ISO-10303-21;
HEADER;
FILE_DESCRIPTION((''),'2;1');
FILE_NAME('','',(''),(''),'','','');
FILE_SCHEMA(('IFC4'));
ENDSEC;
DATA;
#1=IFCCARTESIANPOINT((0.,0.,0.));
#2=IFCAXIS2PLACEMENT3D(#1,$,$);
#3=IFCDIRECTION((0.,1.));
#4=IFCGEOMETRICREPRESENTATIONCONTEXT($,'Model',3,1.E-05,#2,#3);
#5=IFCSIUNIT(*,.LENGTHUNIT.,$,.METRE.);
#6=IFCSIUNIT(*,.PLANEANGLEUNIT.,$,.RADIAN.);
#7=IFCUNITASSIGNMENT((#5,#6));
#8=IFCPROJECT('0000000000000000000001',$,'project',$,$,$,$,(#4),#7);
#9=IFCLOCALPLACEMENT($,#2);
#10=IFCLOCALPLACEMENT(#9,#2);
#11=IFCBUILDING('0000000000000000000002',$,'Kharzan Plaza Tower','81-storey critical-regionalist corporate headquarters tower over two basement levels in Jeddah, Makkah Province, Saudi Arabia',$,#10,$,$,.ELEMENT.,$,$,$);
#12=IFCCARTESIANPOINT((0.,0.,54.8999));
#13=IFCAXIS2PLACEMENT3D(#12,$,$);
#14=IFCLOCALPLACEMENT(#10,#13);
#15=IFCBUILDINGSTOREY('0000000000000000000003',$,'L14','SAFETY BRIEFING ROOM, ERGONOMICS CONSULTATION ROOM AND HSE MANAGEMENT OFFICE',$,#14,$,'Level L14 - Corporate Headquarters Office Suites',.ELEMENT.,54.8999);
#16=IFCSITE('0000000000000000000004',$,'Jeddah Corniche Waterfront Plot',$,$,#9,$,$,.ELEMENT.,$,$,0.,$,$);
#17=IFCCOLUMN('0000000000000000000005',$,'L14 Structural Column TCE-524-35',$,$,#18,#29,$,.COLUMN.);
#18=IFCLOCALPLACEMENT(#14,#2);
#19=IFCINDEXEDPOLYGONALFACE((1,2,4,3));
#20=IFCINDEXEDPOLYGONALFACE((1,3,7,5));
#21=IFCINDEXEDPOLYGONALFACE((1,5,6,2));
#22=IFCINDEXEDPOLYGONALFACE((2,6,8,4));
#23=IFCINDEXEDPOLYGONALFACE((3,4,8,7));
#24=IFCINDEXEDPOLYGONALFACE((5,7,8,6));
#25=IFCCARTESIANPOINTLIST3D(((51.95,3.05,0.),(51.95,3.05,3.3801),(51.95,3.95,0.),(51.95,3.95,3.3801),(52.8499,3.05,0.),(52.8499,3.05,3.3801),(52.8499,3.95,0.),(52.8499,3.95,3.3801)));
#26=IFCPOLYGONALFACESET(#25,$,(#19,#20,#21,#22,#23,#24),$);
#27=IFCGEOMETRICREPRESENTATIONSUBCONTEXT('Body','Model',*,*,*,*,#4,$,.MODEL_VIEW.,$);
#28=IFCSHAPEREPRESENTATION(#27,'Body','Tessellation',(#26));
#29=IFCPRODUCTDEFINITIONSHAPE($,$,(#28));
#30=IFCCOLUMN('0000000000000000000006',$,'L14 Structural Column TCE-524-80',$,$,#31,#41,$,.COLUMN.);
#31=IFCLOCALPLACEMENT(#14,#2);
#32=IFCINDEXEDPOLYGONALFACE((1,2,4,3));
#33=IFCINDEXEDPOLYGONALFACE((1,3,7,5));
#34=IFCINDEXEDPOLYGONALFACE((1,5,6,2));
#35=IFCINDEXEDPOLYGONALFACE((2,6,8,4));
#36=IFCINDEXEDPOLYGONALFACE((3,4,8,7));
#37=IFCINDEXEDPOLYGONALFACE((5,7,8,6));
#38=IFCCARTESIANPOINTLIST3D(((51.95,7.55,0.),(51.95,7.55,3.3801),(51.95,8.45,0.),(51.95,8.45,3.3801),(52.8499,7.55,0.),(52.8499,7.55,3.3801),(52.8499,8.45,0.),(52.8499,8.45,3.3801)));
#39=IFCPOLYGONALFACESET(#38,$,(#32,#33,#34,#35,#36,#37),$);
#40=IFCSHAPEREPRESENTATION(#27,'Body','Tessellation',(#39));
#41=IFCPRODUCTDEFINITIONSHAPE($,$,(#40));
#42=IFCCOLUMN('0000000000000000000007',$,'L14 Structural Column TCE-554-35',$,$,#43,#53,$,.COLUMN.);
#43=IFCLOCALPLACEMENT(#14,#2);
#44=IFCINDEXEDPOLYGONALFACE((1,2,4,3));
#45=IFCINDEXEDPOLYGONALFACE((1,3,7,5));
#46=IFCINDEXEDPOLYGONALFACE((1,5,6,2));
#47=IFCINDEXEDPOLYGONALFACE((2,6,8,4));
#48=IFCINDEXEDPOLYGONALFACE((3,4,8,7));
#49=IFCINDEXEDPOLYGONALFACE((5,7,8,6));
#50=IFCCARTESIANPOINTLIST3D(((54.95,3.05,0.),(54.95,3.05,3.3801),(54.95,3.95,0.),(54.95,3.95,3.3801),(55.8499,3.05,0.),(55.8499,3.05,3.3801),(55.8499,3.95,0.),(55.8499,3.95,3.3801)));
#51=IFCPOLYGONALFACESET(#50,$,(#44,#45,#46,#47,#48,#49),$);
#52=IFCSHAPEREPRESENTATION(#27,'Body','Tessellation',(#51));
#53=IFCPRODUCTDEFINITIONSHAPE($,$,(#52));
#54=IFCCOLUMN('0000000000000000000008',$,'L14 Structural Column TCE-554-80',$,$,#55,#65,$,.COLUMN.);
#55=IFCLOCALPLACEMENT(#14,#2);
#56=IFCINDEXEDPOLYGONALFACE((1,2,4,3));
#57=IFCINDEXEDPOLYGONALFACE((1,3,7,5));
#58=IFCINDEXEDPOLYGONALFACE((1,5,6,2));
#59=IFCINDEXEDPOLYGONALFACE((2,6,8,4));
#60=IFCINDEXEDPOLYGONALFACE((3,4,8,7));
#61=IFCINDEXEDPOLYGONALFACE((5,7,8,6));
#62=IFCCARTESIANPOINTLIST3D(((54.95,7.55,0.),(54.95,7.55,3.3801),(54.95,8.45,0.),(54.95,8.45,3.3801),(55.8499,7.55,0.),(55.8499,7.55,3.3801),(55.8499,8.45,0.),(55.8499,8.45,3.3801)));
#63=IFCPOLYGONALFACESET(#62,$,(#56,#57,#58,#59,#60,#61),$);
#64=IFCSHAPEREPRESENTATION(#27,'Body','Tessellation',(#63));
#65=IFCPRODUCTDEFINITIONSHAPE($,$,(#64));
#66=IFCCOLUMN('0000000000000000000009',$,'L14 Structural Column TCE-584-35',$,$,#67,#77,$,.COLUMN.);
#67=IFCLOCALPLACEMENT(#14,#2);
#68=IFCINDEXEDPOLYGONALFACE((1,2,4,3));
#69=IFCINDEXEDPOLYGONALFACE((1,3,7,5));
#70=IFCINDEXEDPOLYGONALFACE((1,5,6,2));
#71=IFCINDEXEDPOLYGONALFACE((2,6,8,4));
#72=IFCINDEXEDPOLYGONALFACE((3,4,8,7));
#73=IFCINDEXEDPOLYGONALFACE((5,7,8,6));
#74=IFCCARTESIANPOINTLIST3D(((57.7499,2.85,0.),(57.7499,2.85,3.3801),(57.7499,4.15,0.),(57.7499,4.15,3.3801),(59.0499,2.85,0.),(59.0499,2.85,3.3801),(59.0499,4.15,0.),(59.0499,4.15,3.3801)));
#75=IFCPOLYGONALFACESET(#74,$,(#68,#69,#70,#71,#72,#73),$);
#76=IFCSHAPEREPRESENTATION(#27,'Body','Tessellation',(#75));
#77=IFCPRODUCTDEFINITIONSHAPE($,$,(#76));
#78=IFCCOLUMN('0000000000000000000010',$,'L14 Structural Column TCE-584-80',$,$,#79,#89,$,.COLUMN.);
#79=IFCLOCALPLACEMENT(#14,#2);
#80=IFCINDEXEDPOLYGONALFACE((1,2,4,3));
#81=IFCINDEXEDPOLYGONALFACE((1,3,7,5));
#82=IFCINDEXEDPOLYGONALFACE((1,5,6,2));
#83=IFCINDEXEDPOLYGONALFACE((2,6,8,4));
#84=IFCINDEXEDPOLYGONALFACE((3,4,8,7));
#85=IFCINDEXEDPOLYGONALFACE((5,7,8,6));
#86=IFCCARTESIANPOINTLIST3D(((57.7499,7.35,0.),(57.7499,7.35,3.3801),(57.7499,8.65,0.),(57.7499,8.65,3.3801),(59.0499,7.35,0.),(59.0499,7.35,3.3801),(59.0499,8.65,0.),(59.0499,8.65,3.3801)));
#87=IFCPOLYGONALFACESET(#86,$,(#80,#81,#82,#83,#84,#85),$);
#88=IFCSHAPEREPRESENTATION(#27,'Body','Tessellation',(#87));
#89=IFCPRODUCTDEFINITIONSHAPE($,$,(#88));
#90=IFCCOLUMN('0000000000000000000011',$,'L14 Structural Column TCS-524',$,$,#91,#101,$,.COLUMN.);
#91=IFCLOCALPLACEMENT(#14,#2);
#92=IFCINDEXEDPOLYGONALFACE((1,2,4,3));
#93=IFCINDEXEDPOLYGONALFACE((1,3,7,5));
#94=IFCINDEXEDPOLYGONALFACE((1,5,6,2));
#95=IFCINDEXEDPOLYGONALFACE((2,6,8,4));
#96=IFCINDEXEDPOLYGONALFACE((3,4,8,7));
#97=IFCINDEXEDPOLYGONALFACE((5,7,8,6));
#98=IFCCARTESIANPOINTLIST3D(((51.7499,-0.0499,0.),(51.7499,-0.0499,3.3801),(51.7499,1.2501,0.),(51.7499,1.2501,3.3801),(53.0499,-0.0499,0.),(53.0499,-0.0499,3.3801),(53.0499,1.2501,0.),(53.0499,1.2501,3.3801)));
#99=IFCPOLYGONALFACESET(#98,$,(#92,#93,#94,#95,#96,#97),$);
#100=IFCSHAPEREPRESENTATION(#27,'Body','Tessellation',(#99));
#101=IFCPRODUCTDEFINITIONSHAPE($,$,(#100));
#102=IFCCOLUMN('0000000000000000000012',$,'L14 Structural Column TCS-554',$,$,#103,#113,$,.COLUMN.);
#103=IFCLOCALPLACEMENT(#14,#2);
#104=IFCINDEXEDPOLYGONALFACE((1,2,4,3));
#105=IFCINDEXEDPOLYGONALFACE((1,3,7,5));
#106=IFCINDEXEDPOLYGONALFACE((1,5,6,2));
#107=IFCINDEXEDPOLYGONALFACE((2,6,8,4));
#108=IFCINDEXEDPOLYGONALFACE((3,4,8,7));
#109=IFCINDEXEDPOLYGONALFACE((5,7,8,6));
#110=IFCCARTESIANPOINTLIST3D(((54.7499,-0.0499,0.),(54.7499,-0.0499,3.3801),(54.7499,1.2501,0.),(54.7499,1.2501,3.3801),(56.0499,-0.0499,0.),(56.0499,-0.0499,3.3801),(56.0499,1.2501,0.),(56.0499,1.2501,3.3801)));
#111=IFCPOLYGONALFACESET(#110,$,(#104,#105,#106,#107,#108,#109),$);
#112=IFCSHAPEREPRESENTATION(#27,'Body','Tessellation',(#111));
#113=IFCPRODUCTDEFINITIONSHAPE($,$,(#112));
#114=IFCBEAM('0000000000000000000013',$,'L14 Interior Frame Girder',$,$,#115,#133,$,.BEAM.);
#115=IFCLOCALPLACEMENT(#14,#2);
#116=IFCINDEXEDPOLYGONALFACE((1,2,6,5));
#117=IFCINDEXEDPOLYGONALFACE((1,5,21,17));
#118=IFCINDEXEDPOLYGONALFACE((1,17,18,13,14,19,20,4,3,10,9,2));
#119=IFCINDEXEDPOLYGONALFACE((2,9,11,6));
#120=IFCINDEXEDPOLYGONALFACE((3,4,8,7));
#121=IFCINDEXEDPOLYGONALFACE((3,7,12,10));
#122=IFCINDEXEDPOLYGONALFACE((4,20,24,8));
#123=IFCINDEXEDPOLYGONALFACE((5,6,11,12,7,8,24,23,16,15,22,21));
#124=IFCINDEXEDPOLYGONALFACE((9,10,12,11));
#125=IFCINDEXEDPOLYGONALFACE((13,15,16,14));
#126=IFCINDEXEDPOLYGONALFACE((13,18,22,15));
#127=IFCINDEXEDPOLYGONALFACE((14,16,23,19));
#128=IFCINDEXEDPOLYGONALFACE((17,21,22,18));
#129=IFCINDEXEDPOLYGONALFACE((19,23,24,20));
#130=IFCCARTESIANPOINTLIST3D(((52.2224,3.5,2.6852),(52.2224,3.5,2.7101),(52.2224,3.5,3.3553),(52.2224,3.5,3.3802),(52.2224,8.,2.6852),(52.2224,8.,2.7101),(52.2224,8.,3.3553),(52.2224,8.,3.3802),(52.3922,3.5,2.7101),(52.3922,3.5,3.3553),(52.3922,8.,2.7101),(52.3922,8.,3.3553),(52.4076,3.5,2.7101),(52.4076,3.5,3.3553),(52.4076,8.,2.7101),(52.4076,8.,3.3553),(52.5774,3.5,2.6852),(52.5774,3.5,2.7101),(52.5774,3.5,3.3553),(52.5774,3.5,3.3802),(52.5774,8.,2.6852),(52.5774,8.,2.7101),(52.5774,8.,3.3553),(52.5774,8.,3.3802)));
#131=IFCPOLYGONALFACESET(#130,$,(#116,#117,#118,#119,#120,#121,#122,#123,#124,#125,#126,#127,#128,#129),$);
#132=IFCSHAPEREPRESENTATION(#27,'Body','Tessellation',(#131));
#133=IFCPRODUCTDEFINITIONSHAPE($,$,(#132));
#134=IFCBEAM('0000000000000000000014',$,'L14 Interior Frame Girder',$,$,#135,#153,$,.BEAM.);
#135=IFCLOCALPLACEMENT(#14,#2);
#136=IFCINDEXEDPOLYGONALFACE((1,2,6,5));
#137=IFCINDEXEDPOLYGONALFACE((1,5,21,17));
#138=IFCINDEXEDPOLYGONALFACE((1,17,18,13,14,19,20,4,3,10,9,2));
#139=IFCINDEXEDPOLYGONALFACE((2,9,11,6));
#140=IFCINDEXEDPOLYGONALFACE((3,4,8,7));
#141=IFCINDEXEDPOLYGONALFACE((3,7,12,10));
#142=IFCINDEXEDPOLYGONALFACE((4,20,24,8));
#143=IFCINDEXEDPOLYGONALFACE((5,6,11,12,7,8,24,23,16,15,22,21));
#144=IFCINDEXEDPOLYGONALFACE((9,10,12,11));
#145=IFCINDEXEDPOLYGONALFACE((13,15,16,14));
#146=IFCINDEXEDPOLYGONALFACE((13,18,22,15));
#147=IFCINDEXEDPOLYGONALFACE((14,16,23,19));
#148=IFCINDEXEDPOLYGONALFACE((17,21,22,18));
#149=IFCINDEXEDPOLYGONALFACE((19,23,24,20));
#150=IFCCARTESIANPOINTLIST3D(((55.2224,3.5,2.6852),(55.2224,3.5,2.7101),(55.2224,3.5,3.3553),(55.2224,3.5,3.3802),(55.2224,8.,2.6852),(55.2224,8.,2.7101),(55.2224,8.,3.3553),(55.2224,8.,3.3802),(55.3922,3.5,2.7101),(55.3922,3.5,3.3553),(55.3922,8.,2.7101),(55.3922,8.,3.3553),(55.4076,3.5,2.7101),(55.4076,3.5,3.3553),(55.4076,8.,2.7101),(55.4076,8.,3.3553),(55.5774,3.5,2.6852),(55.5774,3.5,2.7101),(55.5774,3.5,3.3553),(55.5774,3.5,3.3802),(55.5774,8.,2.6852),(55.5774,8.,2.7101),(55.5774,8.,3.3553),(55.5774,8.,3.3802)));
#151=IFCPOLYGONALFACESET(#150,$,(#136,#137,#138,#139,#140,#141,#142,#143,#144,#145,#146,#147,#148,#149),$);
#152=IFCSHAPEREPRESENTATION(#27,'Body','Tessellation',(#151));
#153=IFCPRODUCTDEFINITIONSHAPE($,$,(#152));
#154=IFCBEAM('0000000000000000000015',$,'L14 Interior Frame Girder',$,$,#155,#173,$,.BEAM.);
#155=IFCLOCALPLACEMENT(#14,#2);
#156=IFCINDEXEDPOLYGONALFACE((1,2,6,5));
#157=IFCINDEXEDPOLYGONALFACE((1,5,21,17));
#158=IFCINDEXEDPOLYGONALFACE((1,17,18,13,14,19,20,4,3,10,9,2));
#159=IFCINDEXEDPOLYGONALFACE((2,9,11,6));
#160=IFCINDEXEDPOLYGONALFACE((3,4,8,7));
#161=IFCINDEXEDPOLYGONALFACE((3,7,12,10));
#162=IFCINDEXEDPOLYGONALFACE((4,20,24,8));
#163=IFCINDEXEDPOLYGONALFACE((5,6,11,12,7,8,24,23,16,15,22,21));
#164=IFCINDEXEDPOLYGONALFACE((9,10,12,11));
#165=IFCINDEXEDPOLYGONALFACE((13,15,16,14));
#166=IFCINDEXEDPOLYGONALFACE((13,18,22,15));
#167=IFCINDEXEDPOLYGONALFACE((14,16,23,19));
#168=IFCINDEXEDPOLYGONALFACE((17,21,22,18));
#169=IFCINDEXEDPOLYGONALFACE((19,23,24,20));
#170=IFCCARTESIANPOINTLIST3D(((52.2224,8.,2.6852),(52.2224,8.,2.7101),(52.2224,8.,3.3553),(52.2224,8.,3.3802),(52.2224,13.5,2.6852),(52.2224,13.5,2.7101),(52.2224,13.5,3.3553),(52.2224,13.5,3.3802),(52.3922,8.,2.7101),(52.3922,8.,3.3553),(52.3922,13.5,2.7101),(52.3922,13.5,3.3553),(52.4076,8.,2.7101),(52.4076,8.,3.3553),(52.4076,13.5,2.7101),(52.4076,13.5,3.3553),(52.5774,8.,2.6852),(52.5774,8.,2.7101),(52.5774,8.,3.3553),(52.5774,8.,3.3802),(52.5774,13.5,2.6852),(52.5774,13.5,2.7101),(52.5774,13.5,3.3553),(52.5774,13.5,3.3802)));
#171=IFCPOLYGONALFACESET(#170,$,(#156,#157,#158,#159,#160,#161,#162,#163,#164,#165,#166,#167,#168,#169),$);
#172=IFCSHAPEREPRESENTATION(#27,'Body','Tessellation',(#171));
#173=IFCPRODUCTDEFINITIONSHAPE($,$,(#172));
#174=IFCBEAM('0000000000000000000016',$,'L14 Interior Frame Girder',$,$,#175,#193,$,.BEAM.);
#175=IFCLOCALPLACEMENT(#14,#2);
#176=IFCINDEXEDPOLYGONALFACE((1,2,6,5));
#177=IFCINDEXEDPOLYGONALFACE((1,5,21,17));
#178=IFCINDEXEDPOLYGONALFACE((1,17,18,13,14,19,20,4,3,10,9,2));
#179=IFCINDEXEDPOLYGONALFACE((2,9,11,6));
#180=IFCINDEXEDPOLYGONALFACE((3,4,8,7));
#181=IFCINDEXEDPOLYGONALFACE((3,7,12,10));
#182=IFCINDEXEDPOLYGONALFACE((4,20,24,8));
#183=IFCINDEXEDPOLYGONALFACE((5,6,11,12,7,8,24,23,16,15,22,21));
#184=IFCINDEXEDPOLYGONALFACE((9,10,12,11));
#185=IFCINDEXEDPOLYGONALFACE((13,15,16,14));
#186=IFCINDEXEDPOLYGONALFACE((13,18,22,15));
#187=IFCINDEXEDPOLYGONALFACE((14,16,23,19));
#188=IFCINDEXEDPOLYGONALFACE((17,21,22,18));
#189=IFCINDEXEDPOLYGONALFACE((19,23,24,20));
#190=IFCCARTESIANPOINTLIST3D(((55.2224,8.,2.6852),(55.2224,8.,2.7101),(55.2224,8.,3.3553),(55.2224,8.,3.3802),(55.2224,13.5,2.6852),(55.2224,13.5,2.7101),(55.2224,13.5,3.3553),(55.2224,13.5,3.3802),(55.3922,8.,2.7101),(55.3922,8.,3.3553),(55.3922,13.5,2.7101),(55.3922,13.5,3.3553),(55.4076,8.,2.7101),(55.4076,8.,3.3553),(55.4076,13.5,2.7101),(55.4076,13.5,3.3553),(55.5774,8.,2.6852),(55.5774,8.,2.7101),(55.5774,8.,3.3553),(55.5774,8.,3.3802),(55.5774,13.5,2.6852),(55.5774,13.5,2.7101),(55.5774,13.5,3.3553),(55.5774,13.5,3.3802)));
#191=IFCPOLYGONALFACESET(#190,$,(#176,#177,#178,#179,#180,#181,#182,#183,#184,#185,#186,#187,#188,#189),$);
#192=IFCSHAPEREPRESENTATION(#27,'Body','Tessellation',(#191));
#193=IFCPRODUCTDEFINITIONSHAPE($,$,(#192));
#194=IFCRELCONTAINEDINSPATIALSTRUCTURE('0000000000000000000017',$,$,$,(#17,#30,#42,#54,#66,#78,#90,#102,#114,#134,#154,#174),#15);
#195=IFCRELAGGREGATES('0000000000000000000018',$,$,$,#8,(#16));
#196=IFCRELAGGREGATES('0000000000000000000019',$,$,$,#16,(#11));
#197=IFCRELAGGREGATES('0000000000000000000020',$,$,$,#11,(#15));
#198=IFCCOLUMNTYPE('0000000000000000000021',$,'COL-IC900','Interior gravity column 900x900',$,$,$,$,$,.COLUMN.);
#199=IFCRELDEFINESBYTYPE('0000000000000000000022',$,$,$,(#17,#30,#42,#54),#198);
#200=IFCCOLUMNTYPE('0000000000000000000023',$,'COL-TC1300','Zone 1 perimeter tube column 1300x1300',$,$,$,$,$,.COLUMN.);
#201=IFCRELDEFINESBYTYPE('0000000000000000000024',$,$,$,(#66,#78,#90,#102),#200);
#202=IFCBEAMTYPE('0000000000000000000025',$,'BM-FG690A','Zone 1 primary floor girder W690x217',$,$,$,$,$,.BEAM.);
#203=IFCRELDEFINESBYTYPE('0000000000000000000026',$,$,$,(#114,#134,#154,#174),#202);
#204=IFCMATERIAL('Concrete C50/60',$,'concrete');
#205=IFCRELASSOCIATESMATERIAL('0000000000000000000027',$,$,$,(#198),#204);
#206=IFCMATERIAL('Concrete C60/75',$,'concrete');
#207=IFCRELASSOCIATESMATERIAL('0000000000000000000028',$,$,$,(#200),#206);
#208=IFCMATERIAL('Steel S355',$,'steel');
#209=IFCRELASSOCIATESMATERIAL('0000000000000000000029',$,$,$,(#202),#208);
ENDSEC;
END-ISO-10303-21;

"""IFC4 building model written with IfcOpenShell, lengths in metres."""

from ifc_helpers import new_model, si_unit, direction, frame, origin, origin_2d, place, context, subcontext, project, spatial, rectangle, i_section, extrude, source, transform, mapped, material, material_profile, profile_set, type_object, element, save


model = new_model("IFC4")

# Units and contexts
model_context = context("Model", 3, precision=1e-05, world=origin(), true_north=direction((0.0, 1.0)))
body_context = subcontext(model_context, "Body", "Model", "MODEL_VIEW")
ifc_project = project(units=[si_unit("LENGTHUNIT", "METRE"), si_unit("PLANEANGLEUNIT", "RADIAN")], contexts=[model_context])

# Site, building, storey
site_placement = place(None, origin())
site = spatial("IfcSite", under=ifc_project, at=site_placement, Name="Jeddah Corniche Waterfront Plot", CompositionType="ELEMENT", RefElevation=0.0)
building_placement = place(site_placement, origin())
building = spatial("IfcBuilding", under=site, at=building_placement, Name="Kharzan Plaza Tower", Description="81-storey critical-regionalist corporate headquarters tower over two basement levels in Jeddah, Makkah Province, Saudi Arabia", CompositionType="ELEMENT")
storey_placement = place(building_placement, frame((0.0, 0.0, 54.8999)))
storey = spatial("IfcBuildingStorey", under=building, at=storey_placement, Name="L14", Description="SAFETY BRIEFING ROOM, ERGONOMICS CONSULTATION ROOM AND HSE MANAGEMENT OFFICE", LongName="Level L14 - Corporate Headquarters Office Suites", CompositionType="ELEMENT", Elevation=54.8999)

# Columns
ifc_material_1 = material(Name="Concrete C50/60", Category="concrete")
ifc_material_profile_1 = material_profile(ifc_material_1, rectangle(XDim=0.8999, YDim=0.8999, at=origin_2d()), Name="RC-IC900x900")
ifc_profile_set_1 = profile_set([ifc_material_profile_1], Name="Concrete C50/60")
column_type_1 = type_object("IfcColumnType", Name="COL-IC900", Description="Interior gravity column 900x900", PredefinedType="COLUMN", material=ifc_profile_set_1)
shared_shape_1 = source(origin(), body_context, "Body", "SweptSolid", [
    extrude(rectangle(XDim=0.8999, YDim=0.8999, at=origin_2d()), origin(), (0.0, 0.0, 1.0), 3.3801),
])
for number, where, z_axis, x_axis, name in (
    (1, (52.3999, 3.5, 0.0), (0.0, 0.0, 1.0), (1.0, 0.0, 0.0), "L14 Structural Column TCE-524-35"),
    (2, (52.3999, 8.0, 0.0), (0.0, 0.0, 1.0), (1.0, 0.0, 0.0), "L14 Structural Column TCE-524-80"),
    (3, (55.3999, 3.5, 0.0), (0.0, 0.0, 1.0), (1.0, 0.0, 0.0), "L14 Structural Column TCE-554-35"),
    (4, (55.3999, 8.0, 0.0), (0.0, 0.0, 1.0), (1.0, 0.0, 0.0), "L14 Structural Column TCE-554-80"),
):
    element("IfcColumn", number, at=place(storey_placement, frame(where, z_axis=z_axis, x_axis=x_axis)), inside=storey, type_object=column_type_1, Name=name, PredefinedType="COLUMN", context=body_context, shape_type="MappedRepresentation", body=[
        mapped(shared_shape_1, transform((0.0, 0.0, 0.0), x_axis=(1.0, 0.0, 0.0), y_axis=(0.0, 1.0, 0.0), z_axis=(0.0, 0.0, 1.0))),
    ])
ifc_material_2 = material(Name="Concrete C60/75", Category="concrete")
ifc_material_profile_2 = material_profile(ifc_material_2, rectangle(XDim=1.3, YDim=1.3, at=origin_2d()), Name="RC-TC1300x1300")
ifc_profile_set_2 = profile_set([ifc_material_profile_2], Name="Concrete C60/75")
column_type_2 = type_object("IfcColumnType", Name="COL-TC1300", Description="Zone 1 perimeter tube column 1300x1300", PredefinedType="COLUMN", material=ifc_profile_set_2)
shared_shape_2 = source(origin(), body_context, "Body", "SweptSolid", [
    extrude(rectangle(XDim=1.3, YDim=1.3, at=origin_2d()), origin(), (0.0, 0.0, 1.0), 3.3801),
])
for number, where, z_axis, x_axis, name in (
    (5, (58.3999, 3.5, 0.0), (0.0, 0.0, 1.0), (1.0, 0.0, 0.0), "L14 Structural Column TCE-584-35"),
    (6, (58.3999, 8.0, 0.0), (0.0, 0.0, 1.0), (1.0, 0.0, 0.0), "L14 Structural Column TCE-584-80"),
    (7, (52.3999, 0.6001, 0.0), (0.0, 0.0, 1.0), (1.0, 0.0, 0.0), "L14 Structural Column TCS-524"),
    (8, (55.3999, 0.6001, 0.0), (0.0, 0.0, 1.0), (1.0, 0.0, 0.0), "L14 Structural Column TCS-554"),
):
    element("IfcColumn", number, at=place(storey_placement, frame(where, z_axis=z_axis, x_axis=x_axis)), inside=storey, type_object=column_type_2, Name=name, PredefinedType="COLUMN", context=body_context, shape_type="MappedRepresentation", body=[
        mapped(shared_shape_2, transform((0.0, 0.0, 0.0), x_axis=(1.0, 0.0, 0.0), y_axis=(0.0, 1.0, 0.0), z_axis=(0.0, 0.0, 1.0))),
    ])

# Beams
ifc_material_3 = material(Name="Steel S355", Category="steel")
ifc_material_profile_3 = material_profile(ifc_material_3, i_section(OverallWidth=0.355, OverallDepth=0.6951, WebThickness=0.0154, FlangeThickness=0.0249, at=origin_2d()), Name="W690x217")
ifc_profile_set_3 = profile_set([ifc_material_profile_3], Name="Steel S355")
beam_type_1 = type_object("IfcBeamType", Name="BM-FG690A", Description="Zone 1 primary floor girder W690x217", PredefinedType="BEAM", material=ifc_profile_set_3)
shared_shape_3 = source(origin(), body_context, "Body", "SweptSolid", [
    extrude(i_section(OverallWidth=0.355, OverallDepth=0.6951, WebThickness=0.0154, FlangeThickness=0.0249, at=origin_2d()), origin(), (0.0, 0.0, 1.0), 4.5),
])
for number, where, z_axis, x_axis, name in (
    (9, (52.3999, 3.5, 3.0327), (0.0, 1.0, 0.0), (-1.0, 0.0, 0.0), "L14 Interior Frame Girder"),
    (10, (55.3999, 3.5, 3.0327), (0.0, 1.0, 0.0), (-1.0, 0.0, 0.0), "L14 Interior Frame Girder"),
):
    element("IfcBeam", number, at=place(storey_placement, frame(where, z_axis=z_axis, x_axis=x_axis)), inside=storey, type_object=beam_type_1, Name=name, PredefinedType="BEAM", context=body_context, shape_type="MappedRepresentation", body=[
        mapped(shared_shape_3, transform((0.0, 0.0, 0.0), x_axis=(1.0, 0.0, 0.0), y_axis=(0.0, 1.0, 0.0), z_axis=(0.0, 0.0, 1.0))),
    ])
shared_shape_4 = source(origin(), body_context, "Body", "SweptSolid", [
    extrude(i_section(OverallWidth=0.355, OverallDepth=0.6951, WebThickness=0.0154, FlangeThickness=0.0249, at=origin_2d()), origin(), (0.0, 0.0, 1.0), 5.5),
])
for number, where, z_axis, x_axis, name in (
    (11, (52.3999, 8.0, 3.0327), (0.0, 1.0, 0.0), (-1.0, 0.0, 0.0), "L14 Interior Frame Girder"),
    (12, (55.3999, 8.0, 3.0327), (0.0, 1.0, 0.0), (-1.0, 0.0, 0.0), "L14 Interior Frame Girder"),
):
    element("IfcBeam", number, at=place(storey_placement, frame(where, z_axis=z_axis, x_axis=x_axis)), inside=storey, type_object=beam_type_1, Name=name, PredefinedType="BEAM", context=body_context, shape_type="MappedRepresentation", body=[
        mapped(shared_shape_4, transform((0.0, 0.0, 0.0), x_axis=(1.0, 0.0, 0.0), y_axis=(0.0, 1.0, 0.0), z_axis=(0.0, 0.0, 1.0))),
    ])

save(model, "model.ifc")
